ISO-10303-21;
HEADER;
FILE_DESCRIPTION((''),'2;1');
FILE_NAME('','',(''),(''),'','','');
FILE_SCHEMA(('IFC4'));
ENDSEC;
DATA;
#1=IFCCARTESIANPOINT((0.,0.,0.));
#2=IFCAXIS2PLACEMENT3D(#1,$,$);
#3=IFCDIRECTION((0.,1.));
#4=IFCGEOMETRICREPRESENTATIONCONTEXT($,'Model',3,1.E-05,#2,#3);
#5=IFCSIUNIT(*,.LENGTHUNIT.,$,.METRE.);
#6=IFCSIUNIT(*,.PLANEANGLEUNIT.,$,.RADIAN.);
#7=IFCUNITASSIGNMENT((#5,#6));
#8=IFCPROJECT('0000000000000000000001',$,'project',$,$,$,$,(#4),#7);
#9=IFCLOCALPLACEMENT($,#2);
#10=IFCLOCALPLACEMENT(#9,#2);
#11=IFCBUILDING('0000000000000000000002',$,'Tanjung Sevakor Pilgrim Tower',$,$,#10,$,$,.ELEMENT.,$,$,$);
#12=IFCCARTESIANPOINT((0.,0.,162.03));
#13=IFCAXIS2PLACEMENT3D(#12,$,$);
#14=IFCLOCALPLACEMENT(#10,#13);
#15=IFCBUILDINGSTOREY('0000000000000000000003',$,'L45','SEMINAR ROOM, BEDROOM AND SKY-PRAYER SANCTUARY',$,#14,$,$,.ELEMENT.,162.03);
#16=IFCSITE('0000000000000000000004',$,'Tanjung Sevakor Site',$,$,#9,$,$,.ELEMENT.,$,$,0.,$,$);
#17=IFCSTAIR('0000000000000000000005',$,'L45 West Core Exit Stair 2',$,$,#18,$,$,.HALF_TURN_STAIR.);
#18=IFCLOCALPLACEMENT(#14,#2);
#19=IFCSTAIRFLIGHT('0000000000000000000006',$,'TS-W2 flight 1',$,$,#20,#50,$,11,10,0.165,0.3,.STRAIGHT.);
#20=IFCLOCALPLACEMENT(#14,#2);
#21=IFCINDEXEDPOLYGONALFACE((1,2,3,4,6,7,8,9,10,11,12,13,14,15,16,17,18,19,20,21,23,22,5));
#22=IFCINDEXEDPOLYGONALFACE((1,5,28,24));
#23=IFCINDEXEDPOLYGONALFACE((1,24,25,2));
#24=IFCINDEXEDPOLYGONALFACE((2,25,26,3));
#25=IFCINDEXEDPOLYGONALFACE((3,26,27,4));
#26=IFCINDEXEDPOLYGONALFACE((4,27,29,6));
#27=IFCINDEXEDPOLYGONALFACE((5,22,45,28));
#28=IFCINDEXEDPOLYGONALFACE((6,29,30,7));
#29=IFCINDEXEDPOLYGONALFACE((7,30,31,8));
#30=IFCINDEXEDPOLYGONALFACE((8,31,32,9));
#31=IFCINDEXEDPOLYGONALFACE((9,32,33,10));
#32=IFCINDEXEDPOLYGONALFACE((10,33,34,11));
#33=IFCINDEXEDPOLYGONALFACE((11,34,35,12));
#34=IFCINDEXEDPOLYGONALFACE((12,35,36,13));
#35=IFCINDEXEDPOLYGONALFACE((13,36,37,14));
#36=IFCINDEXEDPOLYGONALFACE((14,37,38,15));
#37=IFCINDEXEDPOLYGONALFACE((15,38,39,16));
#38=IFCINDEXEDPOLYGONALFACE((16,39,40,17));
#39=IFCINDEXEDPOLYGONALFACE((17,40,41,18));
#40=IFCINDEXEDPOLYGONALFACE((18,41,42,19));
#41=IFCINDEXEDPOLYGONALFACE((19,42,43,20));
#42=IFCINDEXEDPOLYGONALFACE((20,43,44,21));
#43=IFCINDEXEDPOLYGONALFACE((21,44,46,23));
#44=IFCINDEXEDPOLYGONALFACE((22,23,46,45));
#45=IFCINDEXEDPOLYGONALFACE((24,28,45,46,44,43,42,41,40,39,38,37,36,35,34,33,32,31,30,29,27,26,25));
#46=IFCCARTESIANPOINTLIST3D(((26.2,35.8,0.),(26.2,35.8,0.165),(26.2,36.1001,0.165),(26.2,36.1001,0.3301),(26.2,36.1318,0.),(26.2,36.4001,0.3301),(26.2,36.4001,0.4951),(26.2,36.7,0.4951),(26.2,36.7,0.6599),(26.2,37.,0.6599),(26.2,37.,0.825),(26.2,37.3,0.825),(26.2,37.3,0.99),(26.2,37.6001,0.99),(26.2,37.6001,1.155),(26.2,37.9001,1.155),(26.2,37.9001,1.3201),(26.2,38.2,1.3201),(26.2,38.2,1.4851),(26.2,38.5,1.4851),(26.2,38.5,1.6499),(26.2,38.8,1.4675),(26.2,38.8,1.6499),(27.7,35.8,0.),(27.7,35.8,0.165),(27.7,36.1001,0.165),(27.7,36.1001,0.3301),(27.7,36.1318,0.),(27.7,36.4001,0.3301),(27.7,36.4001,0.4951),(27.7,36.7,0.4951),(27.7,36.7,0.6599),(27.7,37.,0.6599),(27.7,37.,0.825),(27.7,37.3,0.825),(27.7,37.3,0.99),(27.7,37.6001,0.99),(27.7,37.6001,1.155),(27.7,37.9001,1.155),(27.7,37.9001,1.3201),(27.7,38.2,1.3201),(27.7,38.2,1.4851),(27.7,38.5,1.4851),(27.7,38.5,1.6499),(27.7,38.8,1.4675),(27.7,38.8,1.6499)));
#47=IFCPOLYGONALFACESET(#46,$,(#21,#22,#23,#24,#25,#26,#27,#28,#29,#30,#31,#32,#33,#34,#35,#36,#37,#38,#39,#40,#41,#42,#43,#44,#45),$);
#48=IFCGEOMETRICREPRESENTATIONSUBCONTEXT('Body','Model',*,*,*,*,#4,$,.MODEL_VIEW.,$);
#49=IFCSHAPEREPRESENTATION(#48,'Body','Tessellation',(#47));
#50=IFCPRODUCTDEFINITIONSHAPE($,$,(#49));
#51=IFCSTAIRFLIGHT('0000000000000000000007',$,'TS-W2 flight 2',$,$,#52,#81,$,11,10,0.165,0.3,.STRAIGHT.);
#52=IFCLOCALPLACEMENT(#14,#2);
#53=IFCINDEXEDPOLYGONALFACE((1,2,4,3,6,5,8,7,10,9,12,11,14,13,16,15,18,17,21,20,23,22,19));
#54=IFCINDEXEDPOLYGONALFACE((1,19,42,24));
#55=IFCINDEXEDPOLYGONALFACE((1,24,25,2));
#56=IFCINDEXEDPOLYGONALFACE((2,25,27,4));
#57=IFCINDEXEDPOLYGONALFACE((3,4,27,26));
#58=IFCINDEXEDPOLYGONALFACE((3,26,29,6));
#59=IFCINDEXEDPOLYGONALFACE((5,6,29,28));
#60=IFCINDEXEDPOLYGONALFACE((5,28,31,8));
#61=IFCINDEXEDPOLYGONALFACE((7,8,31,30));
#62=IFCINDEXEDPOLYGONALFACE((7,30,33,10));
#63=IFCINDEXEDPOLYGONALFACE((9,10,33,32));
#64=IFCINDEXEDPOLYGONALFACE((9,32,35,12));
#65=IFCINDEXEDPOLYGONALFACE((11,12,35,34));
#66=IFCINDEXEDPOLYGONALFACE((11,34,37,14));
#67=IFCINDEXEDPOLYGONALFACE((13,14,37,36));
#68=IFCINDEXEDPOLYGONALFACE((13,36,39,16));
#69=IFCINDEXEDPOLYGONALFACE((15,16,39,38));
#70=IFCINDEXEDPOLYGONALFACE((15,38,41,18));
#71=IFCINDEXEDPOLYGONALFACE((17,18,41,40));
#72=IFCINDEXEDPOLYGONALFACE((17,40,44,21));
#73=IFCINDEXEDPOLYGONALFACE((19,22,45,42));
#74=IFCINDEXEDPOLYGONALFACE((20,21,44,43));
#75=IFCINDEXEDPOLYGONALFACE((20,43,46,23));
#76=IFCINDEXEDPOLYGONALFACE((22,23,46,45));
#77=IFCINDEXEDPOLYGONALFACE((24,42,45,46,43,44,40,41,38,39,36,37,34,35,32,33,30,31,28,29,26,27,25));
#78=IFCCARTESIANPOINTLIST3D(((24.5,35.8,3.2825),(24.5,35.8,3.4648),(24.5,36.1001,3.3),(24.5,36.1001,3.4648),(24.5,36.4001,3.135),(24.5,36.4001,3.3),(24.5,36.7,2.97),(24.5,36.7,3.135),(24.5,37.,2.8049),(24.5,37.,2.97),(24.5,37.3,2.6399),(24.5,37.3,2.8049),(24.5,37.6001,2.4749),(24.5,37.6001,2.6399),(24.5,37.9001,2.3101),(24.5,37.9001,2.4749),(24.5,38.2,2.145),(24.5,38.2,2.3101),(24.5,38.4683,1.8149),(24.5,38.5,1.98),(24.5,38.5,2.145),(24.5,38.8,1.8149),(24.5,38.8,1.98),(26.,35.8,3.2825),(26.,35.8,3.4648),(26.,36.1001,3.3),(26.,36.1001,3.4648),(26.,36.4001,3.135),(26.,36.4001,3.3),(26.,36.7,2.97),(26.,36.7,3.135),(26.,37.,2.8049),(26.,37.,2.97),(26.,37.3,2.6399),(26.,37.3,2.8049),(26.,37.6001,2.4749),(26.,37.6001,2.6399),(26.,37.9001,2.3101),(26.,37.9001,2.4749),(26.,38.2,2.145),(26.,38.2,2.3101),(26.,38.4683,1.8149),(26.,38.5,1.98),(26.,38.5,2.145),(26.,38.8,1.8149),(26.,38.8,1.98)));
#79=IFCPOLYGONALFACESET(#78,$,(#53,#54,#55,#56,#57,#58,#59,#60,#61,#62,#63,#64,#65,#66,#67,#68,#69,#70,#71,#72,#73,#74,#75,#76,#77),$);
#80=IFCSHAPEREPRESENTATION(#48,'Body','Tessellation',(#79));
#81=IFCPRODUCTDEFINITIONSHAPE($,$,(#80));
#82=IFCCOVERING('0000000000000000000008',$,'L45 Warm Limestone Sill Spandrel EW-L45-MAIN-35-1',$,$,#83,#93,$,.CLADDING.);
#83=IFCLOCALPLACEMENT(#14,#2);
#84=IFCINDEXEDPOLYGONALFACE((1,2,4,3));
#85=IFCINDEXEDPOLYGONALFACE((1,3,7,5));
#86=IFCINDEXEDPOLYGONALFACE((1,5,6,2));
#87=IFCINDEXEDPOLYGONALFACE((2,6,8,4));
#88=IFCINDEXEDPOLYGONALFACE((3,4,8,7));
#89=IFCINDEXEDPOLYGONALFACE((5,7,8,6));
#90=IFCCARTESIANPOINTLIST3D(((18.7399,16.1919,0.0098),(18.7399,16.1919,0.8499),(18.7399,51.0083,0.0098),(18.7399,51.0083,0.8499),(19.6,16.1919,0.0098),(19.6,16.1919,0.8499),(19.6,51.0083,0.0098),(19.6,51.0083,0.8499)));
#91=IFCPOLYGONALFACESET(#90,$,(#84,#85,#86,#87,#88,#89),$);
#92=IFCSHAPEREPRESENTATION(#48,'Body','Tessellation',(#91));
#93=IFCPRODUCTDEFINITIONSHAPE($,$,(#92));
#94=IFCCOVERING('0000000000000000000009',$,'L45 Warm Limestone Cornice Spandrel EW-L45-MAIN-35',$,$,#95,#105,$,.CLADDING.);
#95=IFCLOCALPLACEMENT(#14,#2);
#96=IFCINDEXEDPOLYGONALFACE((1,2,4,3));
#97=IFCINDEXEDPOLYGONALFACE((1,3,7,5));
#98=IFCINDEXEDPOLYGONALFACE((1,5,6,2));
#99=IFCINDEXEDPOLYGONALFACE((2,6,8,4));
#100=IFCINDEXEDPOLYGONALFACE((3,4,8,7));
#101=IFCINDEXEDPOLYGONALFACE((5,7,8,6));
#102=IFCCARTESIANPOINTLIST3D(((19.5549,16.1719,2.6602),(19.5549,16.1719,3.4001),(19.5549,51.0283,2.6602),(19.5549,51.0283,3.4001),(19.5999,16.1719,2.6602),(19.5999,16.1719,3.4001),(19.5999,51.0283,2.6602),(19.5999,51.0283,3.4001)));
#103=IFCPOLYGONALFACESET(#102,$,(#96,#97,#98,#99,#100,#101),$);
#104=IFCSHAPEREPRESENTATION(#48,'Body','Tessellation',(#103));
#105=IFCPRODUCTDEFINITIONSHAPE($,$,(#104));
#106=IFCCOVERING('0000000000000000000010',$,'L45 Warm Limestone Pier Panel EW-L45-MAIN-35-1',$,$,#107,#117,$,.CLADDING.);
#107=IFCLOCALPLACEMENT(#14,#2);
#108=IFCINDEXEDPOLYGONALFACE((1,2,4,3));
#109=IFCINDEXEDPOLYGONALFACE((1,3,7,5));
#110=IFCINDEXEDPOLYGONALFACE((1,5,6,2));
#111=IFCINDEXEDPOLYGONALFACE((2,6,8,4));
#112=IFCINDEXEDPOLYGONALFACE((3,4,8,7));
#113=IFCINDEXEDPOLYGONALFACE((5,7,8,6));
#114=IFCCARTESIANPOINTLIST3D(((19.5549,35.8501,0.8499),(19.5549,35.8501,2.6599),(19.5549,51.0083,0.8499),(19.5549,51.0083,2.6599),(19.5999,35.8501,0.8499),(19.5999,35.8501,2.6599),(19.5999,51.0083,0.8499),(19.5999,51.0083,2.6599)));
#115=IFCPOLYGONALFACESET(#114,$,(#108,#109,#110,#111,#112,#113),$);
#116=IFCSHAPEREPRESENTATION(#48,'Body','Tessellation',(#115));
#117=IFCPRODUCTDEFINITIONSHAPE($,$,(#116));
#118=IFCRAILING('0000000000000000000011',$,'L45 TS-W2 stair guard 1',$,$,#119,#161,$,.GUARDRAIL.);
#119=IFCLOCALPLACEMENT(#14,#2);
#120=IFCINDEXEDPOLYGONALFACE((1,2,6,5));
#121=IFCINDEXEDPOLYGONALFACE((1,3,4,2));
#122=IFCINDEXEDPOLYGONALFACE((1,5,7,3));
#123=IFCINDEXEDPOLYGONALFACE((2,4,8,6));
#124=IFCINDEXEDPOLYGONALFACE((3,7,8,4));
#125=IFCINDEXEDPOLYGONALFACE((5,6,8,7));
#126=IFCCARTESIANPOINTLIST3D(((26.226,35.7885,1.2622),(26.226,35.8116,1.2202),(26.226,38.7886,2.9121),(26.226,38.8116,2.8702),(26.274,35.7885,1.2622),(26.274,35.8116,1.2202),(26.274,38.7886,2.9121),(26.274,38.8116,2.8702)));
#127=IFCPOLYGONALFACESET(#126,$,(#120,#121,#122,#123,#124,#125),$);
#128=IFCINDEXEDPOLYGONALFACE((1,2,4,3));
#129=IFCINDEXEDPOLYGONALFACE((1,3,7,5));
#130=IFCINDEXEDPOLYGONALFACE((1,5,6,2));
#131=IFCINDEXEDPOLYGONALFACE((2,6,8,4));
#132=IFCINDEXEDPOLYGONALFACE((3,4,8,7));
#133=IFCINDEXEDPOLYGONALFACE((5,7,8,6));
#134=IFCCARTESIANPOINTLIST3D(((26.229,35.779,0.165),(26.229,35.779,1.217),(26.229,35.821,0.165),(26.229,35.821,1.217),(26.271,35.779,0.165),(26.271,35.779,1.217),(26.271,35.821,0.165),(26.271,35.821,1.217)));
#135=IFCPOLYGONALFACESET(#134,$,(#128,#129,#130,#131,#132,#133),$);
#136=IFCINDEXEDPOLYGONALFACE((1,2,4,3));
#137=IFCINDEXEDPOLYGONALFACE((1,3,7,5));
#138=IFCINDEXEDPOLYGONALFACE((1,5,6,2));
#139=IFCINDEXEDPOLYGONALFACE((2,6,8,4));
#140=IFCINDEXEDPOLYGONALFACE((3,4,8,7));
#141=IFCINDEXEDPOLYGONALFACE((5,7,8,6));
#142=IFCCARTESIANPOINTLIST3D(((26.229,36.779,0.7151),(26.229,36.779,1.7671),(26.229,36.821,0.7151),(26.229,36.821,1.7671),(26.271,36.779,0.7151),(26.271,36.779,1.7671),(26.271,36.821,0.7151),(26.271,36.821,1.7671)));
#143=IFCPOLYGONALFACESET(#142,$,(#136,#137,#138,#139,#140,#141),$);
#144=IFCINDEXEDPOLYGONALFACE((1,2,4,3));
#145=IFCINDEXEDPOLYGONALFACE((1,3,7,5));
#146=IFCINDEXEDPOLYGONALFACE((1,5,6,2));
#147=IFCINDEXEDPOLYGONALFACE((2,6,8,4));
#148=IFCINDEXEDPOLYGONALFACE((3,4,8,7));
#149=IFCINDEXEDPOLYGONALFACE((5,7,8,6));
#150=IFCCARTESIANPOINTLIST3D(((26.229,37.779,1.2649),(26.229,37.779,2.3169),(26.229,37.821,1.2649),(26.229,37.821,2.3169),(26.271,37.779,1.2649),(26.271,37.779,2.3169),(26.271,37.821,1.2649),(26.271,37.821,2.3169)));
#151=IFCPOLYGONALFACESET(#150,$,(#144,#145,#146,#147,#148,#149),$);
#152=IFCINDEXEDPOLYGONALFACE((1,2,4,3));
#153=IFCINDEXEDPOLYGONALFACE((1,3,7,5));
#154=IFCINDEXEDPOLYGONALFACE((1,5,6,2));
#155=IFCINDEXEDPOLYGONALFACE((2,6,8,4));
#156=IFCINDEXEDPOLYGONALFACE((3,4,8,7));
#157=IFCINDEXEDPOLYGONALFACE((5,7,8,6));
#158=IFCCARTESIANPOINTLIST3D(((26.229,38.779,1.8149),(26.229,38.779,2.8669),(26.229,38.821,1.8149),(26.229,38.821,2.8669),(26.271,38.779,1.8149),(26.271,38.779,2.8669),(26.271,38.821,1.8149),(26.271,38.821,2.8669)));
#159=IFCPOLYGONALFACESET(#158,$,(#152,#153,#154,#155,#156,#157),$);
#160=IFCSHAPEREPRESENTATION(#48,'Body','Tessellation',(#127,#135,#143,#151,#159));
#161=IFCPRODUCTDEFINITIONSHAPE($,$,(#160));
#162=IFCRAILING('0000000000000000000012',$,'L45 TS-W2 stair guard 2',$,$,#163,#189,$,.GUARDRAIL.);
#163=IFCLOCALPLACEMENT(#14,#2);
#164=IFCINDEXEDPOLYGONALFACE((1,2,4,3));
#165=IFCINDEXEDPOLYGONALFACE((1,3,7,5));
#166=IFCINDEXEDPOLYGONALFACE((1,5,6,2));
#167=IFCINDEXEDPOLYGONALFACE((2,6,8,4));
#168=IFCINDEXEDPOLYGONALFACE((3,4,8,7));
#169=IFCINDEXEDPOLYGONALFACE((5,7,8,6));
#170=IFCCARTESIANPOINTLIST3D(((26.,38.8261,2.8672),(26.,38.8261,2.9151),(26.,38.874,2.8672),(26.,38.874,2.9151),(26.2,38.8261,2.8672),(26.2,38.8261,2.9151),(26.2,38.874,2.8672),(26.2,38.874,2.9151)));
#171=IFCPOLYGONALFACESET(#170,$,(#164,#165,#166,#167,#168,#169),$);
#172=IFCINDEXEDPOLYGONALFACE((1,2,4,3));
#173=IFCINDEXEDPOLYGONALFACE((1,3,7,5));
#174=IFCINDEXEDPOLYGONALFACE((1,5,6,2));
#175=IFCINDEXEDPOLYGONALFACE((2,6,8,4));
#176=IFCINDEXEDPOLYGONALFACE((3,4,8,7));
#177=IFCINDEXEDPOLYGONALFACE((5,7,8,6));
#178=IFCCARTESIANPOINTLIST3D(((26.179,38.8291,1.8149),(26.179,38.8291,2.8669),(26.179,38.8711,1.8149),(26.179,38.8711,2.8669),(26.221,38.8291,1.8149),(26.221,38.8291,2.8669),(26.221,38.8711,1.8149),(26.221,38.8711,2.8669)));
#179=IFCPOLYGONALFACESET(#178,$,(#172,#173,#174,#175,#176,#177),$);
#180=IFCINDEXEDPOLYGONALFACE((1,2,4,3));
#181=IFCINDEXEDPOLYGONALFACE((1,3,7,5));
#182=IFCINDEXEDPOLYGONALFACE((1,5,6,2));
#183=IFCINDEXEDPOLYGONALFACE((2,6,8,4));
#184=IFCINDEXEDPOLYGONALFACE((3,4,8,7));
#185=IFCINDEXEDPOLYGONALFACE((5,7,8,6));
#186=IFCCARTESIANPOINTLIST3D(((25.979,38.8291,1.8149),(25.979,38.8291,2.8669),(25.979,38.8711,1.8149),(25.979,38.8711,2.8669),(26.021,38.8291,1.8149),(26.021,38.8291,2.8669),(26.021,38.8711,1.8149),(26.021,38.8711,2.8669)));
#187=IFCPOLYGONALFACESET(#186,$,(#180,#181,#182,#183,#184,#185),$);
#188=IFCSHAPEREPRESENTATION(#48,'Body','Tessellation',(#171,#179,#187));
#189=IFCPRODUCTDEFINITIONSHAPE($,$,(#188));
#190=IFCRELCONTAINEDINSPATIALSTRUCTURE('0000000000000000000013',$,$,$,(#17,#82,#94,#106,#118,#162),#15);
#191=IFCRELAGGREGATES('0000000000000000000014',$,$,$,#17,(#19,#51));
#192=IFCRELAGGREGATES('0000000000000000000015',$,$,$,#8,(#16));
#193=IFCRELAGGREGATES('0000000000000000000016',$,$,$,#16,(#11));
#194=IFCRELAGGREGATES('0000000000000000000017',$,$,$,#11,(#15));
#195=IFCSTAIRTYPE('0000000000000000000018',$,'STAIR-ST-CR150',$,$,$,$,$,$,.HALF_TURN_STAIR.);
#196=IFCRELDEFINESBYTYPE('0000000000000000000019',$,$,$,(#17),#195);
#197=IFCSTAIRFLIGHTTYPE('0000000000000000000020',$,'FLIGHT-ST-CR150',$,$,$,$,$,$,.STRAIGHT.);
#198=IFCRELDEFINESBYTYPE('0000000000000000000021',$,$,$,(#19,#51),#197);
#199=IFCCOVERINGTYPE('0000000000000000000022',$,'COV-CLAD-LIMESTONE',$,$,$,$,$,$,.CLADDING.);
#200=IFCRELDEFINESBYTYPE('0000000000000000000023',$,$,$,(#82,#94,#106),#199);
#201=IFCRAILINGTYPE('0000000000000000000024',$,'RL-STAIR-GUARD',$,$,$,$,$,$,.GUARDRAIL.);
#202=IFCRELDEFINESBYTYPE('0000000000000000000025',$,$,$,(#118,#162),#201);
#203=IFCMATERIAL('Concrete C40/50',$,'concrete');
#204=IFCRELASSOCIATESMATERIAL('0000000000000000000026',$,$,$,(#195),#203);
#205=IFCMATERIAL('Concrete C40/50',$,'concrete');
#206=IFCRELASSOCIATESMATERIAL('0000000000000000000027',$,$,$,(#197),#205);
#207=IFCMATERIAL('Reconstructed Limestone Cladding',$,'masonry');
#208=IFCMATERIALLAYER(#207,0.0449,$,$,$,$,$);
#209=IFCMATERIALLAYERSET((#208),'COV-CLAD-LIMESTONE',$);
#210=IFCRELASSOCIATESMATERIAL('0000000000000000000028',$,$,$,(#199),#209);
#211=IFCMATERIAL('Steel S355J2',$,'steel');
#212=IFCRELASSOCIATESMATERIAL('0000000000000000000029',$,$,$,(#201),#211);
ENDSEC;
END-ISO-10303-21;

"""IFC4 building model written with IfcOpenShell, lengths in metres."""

from ifc_helpers import new_model, si_unit, direction, frame, origin, origin_2d, place, context, subcontext, project, spatial, polyline, rectangle, outline, extrude, material, layer, layer_set, type_object, element, aggregate, save


model = new_model("IFC4")

# Units and contexts
model_context = context("Model", 3, precision=1e-05, world=origin(), true_north=direction((0.0, 1.0)))
body_context = subcontext(model_context, "Body", "Model", "MODEL_VIEW")
ifc_project = project(units=[si_unit("LENGTHUNIT", "METRE"), si_unit("PLANEANGLEUNIT", "RADIAN")], contexts=[model_context])

# Site, building, storey
site_placement = place(None, origin())
site = spatial("IfcSite", under=ifc_project, at=site_placement, Name="Tanjung Sevakor Site", CompositionType="ELEMENT", RefElevation=0.0)
building_placement = place(site_placement, origin())
building = spatial("IfcBuilding", under=site, at=building_placement, Name="Tanjung Sevakor Pilgrim Tower", CompositionType="ELEMENT")
storey_placement = place(building_placement, frame((0.0, 0.0, 162.03)))
storey = spatial("IfcBuildingStorey", under=building, at=storey_placement, Name="L45", Description="SEMINAR ROOM, BEDROOM AND SKY-PRAYER SANCTUARY", CompositionType="ELEMENT", Elevation=162.03)

# Stair, stair flights
ifc_material_1 = material(Name="Concrete C40/50", Category="concrete")
stair_type = type_object("IfcStairType", Name="STAIR-ST-CR150", PredefinedType="HALF_TURN_STAIR", material=ifc_material_1)
stair_placement = place(storey_placement, origin())
stair = element("IfcStair", 1, at=stair_placement, inside=storey, type_object=stair_type, Name="L45 West Core Exit Stair 2", PredefinedType="HALF_TURN_STAIR")
ifc_material_2 = material(Name="Concrete C40/50", Category="concrete")
stair_flight_type = type_object("IfcStairFlightType", Name="FLIGHT-ST-CR150", PredefinedType="STRAIGHT", material=ifc_material_2)
stair_flight_1_placement = place(storey_placement, frame((26.95, 35.8, 0.0), z_axis=(0.0, 0.0, 1.0), x_axis=(0.0, 1.0, 0.0)))
stair_flight_1 = element("IfcStairFlight", 2, at=stair_flight_1_placement, type_object=stair_flight_type, Name="TS-W2 flight 1", NumberOfRisers=11, NumberOfTreads=10, PredefinedType="STRAIGHT", RiserHeight=0.165, TreadLength=0.3, context=body_context, shape_type="SweptSolid", body=[
    extrude(outline(polyline([(0.0, 0.0), (0.0, 0.165), (0.3, 0.165), (0.3, 0.3301), (0.6001, 0.3301), (0.6001, 0.4951), (0.8999, 0.4951), (0.8999, 0.6599), (1.2, 0.6599), (1.2, 0.825), (1.5, 0.825), (1.5, 0.99), (1.8, 0.99), (1.8, 1.155), (2.1001, 1.155), (2.1001, 1.3201), (2.3999, 1.3201), (2.3999, 1.4851), (2.7, 1.4851), (2.7, 1.6499), (3.0, 1.6499), (3.0, 1.8149), (3.0, 1.4675), (0.3318, 0.0), (0.0, 0.0)])), frame((0.0, 0.75, 0.0), z_axis=(0.0, -1.0, 0.0), x_axis=(1.0, 0.0, 0.0)), (0.0, 0.0, 1.0), 1.5),
])
stair_flight_2_placement = place(storey_placement, frame((25.25, 38.8, 1.8149), z_axis=(0.0, 0.0, 1.0), x_axis=(0.0, -1.0, 0.0)))
stair_flight_2 = element("IfcStairFlight", 3, at=stair_flight_2_placement, type_object=stair_flight_type, Name="TS-W2 flight 2", NumberOfRisers=11, NumberOfTreads=10, PredefinedType="STRAIGHT", RiserHeight=0.165, TreadLength=0.3, context=body_context, shape_type="SweptSolid", body=[
    extrude(outline(polyline([(0.0, 0.0), (0.0, 0.165), (0.3, 0.165), (0.3, 0.3301), (0.6001, 0.3301), (0.6001, 0.4951), (0.8999, 0.4951), (0.8999, 0.6599), (1.2, 0.6599), (1.2, 0.825), (1.5, 0.825), (1.5, 0.99), (1.8, 0.99), (1.8, 1.155), (2.1001, 1.155), (2.1001, 1.3201), (2.3999, 1.3201), (2.3999, 1.4851), (2.7, 1.4851), (2.7, 1.6499), (3.0, 1.6499), (3.0, 1.8149), (3.0, 1.4675), (0.3318, 0.0), (0.0, 0.0)])), frame((0.0, 0.75, 0.0), z_axis=(0.0, -1.0, 0.0), x_axis=(1.0, 0.0, 0.0)), (0.0, 0.0, 1.0), 1.5),
])
aggregate(stair, [stair_flight_1, stair_flight_2])

# Coverings
ifc_material_3 = material(Name="Reconstructed Limestone Cladding", Category="masonry")
ifc_layer_1 = layer(ifc_material_3, 0.0449)
ifc_layer_set_1 = layer_set([ifc_layer_1], Name="COV-CLAD-LIMESTONE")
covering_type = type_object("IfcCoveringType", Name="COV-CLAD-LIMESTONE", PredefinedType="CLADDING", material=ifc_layer_set_1)
covering_1_placement = place(storey_placement, frame((19.1699, 33.6001, 0.0098), z_axis=(0.0, 0.0, 1.0), x_axis=(0.0, -1.0, 0.0)))
element("IfcCovering", 4, at=covering_1_placement, inside=storey, type_object=covering_type, Name="L45 Warm Limestone Sill Spandrel EW-L45-MAIN-35-1", PredefinedType="CLADDING", context=body_context, shape_type="SweptSolid", body=[
    extrude(rectangle(XDim=34.8164, YDim=0.8601, at=origin_2d()), origin(), (0.0, 0.0, 1.0), 0.8401),
])
covering_2_placement = place(storey_placement, frame((19.5774, 33.6001, 2.6602), z_axis=(0.0, 0.0, 1.0), x_axis=(0.0, -1.0, 0.0)))
element("IfcCovering", 5, at=covering_2_placement, inside=storey, type_object=covering_type, Name="L45 Warm Limestone Cornice Spandrel EW-L45-MAIN-35", PredefinedType="CLADDING", context=body_context, shape_type="SweptSolid", body=[
    extrude(rectangle(XDim=34.8564, YDim=0.0449, at=origin_2d()), origin(), (0.0, 0.0, 1.0), 0.74),
])
covering_3_placement = place(storey_placement, frame((19.5774, 43.4292, 0.8499), z_axis=(0.0, 0.0, 1.0), x_axis=(0.0, -1.0, 0.0)))
element("IfcCovering", 6, at=covering_3_placement, inside=storey, type_object=covering_type, Name="L45 Warm Limestone Pier Panel EW-L45-MAIN-35-1", PredefinedType="CLADDING", context=body_context, shape_type="SweptSolid", body=[
    extrude(rectangle(XDim=15.1582, YDim=0.0449, at=origin_2d()), origin(), (0.0, 0.0, 1.0), 1.8101),
])

# Railings
ifc_material_4 = material(Name="Steel S355J2", Category="steel")
railing_type_1 = type_object("IfcRailingType", Name="RL-STAIR-GUARD", PredefinedType="GUARDRAIL", material=ifc_material_4)
railing_1_placement = place(storey_placement, frame((26.25, 35.8, 0.165)))
element("IfcRailing", 7, at=railing_1_placement, inside=storey, type_object=railing_type_1, Name="L45 TS-W2 stair guard 1", PredefinedType="GUARDRAIL", context=body_context, shape_type="SweptSolid", body=[
    extrude(rectangle(XDim=0.0479, YDim=0.0479), frame((0.0, 0.0, 1.0762), z_axis=(0.0, 0.876228, 0.481897), x_axis=(-1.0, 0.0, 0.0)), (0.0, 0.0, 1.0), 3.4238),
    extrude(rectangle(XDim=0.042, YDim=0.042), origin(), (0.0, 0.0, 1.0), 1.052),
    extrude(rectangle(XDim=0.042, YDim=0.042), frame((0.0, 1.0, 0.55)), (0.0, 0.0, 1.0), 1.052),
    extrude(rectangle(XDim=0.042, YDim=0.042), frame((0.0, 2.0, 1.0999)), (0.0, 0.0, 1.0), 1.052),
    extrude(rectangle(XDim=0.042, YDim=0.042), frame((0.0, 3.0, 1.6499)), (0.0, 0.0, 1.0), 1.052),
])
railing_2_placement = place(storey_placement, frame((26.2, 38.8501, 1.8149)))
element("IfcRailing", 8, at=railing_2_placement, inside=storey, type_object=railing_type_1, Name="L45 TS-W2 stair guard 2", PredefinedType="GUARDRAIL", context=body_context, shape_type="SweptSolid", body=[
    extrude(rectangle(XDim=0.0479, YDim=0.0479), frame((0.0, 0.0, 1.0762), z_axis=(-1.0, 0.0, 0.0), x_axis=(0.0, -1.0, 0.0)), (0.0, 0.0, 1.0), 0.2),
    extrude(rectangle(XDim=0.042, YDim=0.042), origin(), (0.0, 0.0, 1.0), 1.052),
    extrude(rectangle(XDim=0.042, YDim=0.042), frame((-0.2, 0.0, 0.0)), (0.0, 0.0, 1.0), 1.052),
])

save(model, "model.ifc")
